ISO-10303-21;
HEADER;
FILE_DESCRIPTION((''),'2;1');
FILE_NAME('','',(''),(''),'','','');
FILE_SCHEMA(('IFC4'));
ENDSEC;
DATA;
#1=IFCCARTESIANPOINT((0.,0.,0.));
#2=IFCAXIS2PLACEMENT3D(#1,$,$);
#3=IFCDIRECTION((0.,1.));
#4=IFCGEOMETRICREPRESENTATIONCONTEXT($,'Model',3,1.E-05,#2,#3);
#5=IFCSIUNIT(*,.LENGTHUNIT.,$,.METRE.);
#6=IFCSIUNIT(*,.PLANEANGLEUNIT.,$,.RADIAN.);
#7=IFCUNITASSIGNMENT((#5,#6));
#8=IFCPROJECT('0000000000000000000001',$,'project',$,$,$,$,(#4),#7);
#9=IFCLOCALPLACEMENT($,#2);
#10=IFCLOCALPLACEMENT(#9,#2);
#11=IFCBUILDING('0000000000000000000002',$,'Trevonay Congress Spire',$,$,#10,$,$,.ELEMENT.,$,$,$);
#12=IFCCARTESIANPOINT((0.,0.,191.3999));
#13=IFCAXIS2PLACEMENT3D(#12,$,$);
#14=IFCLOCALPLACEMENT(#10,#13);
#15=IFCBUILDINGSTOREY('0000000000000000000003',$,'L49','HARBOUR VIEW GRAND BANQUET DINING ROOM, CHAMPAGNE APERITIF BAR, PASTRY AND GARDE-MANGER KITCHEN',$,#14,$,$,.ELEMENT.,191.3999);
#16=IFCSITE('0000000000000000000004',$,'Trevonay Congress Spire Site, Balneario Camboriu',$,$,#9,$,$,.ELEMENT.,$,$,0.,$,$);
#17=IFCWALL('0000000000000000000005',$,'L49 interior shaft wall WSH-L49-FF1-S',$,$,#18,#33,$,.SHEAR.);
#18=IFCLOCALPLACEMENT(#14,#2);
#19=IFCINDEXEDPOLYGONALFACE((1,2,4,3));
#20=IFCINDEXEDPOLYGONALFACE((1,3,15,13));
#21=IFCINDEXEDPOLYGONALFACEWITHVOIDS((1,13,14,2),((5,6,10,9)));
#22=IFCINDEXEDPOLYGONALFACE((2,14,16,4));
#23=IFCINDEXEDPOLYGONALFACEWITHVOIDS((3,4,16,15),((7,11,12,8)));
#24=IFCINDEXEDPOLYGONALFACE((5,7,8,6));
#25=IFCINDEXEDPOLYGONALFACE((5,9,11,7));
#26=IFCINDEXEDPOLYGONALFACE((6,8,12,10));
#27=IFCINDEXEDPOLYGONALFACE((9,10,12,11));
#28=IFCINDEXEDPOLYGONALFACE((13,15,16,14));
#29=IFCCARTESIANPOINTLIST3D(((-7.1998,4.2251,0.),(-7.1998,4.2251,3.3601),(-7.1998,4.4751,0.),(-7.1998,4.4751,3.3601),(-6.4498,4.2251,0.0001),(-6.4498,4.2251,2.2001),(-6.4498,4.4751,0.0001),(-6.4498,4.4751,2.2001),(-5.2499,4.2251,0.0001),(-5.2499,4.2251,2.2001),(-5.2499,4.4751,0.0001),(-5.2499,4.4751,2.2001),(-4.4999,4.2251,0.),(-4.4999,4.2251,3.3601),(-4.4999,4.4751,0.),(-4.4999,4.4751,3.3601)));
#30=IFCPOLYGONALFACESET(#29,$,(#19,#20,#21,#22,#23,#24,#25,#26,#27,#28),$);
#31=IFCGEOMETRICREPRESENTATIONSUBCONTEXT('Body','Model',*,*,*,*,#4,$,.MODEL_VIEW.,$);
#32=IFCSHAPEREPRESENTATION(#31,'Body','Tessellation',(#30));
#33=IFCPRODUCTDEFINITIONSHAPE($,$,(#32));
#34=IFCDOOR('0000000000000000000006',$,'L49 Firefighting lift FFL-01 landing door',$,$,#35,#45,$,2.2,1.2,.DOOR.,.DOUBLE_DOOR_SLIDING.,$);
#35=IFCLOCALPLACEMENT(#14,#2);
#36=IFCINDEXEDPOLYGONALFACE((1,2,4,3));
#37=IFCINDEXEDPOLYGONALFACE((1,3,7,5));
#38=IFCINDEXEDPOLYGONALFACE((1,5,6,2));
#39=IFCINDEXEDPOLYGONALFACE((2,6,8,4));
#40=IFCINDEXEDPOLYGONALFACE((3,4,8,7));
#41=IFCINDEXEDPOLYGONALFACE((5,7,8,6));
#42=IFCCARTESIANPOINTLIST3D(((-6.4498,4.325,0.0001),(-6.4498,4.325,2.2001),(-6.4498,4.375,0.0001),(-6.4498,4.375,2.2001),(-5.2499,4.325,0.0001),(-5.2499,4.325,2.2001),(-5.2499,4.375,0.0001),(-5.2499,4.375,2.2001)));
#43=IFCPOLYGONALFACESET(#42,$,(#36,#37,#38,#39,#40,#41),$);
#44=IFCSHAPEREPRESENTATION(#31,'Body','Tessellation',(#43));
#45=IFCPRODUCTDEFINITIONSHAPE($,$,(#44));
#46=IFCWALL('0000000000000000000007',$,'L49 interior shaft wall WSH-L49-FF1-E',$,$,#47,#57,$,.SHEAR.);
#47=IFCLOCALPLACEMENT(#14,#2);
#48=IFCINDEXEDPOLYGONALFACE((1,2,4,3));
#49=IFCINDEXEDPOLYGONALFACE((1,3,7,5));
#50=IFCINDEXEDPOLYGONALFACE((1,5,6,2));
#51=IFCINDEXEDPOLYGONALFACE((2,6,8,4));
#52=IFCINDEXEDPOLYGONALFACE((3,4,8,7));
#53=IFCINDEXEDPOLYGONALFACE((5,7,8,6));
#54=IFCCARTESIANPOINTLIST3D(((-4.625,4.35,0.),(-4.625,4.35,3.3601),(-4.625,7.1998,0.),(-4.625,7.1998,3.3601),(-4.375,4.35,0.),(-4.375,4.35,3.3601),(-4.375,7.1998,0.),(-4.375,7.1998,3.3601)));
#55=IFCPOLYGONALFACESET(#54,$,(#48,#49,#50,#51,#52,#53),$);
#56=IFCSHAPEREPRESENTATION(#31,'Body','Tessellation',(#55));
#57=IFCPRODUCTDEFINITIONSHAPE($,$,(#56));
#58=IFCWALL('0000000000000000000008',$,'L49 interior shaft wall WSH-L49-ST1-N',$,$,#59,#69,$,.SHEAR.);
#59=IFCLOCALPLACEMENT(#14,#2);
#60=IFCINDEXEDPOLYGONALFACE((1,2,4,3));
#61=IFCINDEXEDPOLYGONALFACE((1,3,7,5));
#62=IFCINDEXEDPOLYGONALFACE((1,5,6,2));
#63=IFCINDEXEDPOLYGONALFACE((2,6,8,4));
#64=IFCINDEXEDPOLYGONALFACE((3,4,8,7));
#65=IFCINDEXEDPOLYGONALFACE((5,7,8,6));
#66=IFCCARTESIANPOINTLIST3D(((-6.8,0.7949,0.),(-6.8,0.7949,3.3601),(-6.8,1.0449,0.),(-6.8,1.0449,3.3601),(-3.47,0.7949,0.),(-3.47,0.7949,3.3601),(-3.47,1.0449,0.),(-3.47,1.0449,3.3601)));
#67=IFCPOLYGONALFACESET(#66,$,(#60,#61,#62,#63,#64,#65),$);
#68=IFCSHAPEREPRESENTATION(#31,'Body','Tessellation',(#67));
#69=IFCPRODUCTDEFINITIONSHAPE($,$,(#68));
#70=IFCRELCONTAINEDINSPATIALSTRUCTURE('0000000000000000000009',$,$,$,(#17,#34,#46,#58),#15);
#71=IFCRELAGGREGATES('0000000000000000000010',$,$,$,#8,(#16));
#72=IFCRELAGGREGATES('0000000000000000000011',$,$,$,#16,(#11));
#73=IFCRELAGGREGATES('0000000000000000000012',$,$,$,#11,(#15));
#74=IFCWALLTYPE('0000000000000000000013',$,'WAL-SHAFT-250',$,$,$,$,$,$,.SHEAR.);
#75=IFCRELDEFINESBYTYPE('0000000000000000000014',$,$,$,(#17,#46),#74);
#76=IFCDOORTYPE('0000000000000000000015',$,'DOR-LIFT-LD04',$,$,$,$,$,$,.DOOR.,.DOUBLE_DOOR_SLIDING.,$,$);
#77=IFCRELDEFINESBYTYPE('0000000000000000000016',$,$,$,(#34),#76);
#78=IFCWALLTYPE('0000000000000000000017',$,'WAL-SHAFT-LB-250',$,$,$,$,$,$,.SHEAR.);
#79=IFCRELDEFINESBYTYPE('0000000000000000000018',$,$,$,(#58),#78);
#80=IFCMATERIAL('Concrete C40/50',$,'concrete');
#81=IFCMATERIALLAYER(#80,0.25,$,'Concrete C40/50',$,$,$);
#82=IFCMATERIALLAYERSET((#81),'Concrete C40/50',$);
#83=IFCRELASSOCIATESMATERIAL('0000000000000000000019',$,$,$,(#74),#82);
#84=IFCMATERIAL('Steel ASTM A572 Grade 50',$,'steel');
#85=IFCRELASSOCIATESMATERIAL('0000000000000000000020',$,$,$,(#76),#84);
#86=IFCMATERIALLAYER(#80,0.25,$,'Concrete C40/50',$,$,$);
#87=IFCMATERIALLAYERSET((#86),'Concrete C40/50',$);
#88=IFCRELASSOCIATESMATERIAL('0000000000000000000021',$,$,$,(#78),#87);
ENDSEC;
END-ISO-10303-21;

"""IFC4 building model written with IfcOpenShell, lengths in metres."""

from ifc_helpers import new_model, si_unit, direction, frame, frame_2d, origin, place, context, subcontext, project, spatial, rectangle, extrude, material, layer, layer_set, type_object, element, fill, save


model = new_model("IFC4")

# Units and contexts
model_context = context("Model", 3, precision=1e-05, world=origin(), true_north=direction((0.0, 1.0)))
body_context = subcontext(model_context, "Body", "Model", "MODEL_VIEW")
ifc_project = project(units=[si_unit("LENGTHUNIT", "METRE"), si_unit("PLANEANGLEUNIT", "RADIAN")], contexts=[model_context])

# Site, building, storey
site_placement = place(None, origin())
site = spatial("IfcSite", under=ifc_project, at=site_placement, Name="Trevonay Congress Spire Site, Balneario Camboriu", CompositionType="ELEMENT", RefElevation=0.0)
building_placement = place(site_placement, origin())
building = spatial("IfcBuilding", under=site, at=building_placement, Name="Trevonay Congress Spire", CompositionType="ELEMENT")
storey_placement = place(building_placement, frame((0.0, 0.0, 191.3999)))
storey = spatial("IfcBuildingStorey", under=building, at=storey_placement, Name="L49", Description="HARBOUR VIEW GRAND BANQUET DINING ROOM, CHAMPAGNE APERITIF BAR, PASTRY AND GARDE-MANGER KITCHEN", CompositionType="ELEMENT", Elevation=191.3999)

# Shared definitions
ifc_material_1 = material(Name="Steel ASTM A572 Grade 50", Category="steel")

# Wall, opening, door
ifc_material_2 = material(Name="Concrete C40/50", Category="concrete")
ifc_layer_1 = layer(ifc_material_2, 0.25, Name="Concrete C40/50")
ifc_layer_set_1 = layer_set([ifc_layer_1], Name="Concrete C40/50")
wall_type_1 = type_object("IfcWallType", Name="WAL-SHAFT-250", PredefinedType="SHEAR", material=ifc_layer_set_1)
wall_1_placement = place(storey_placement, frame((-7.2, 4.3501, 0.0), z_axis=(0.0, 0.0, 1.0), x_axis=(1.0, 0.0, 0.0)))
wall_1 = element("IfcWall", 1, at=wall_1_placement, inside=storey, type_object=wall_type_1, Name="L49 interior shaft wall WSH-L49-FF1-S", PredefinedType="SHEAR", context=body_context, shape_type="SweptSolid", body=[
    extrude(rectangle(XDim=2.7, YDim=0.25, at=frame_2d((1.3501, 0.0))), origin(), (0.0, 0.0, 1.0), 3.3601),
])
opening_placement = place(wall_1_placement, frame((0.75, 0.0, 0.0)))
opening = element("IfcOpeningElement", 2, at=opening_placement, cuts=wall_1, PredefinedType="OPENING", context=body_context, shape_type="SweptSolid", body=[
    extrude(rectangle(XDim=1.2, YDim=2.2, at=frame_2d((0.6001, 1.1001))), frame((0.0, 0.135, 0.0), z_axis=(0.0, -1.0, 0.0), x_axis=(1.0, 0.0, 0.0)), (0.0, 0.0, 1.0), 0.27),
])
door_type = type_object("IfcDoorType", Name="DOR-LIFT-LD04", OperationType="DOUBLE_DOOR_SLIDING", PredefinedType="DOOR", material=ifc_material_1)
door_placement = place(opening_placement, origin())
door = element("IfcDoor", 3, at=door_placement, inside=storey, type_object=door_type, Name="L49 Firefighting lift FFL-01 landing door", OperationType="DOUBLE_DOOR_SLIDING", OverallHeight=2.2, OverallWidth=1.2, PredefinedType="DOOR", context=body_context, shape_type="SweptSolid", body=[
    extrude(rectangle(XDim=1.2, YDim=2.2, at=frame_2d((0.6001, 1.1001))), frame((0.0, 0.0249, 0.0), z_axis=(0.0, -1.0, 0.0), x_axis=(1.0, 0.0, 0.0)), (0.0, 0.0, 1.0), 0.05),
])
fill(opening, door)

# Walls
wall_2_placement = place(storey_placement, frame((-4.5, 4.3501, 0.0), z_axis=(0.0, 0.0, 1.0), x_axis=(0.0, 1.0, 0.0)))
element("IfcWall", 4, at=wall_2_placement, inside=storey, type_object=wall_type_1, Name="L49 interior shaft wall WSH-L49-FF1-E", PredefinedType="SHEAR", context=body_context, shape_type="SweptSolid", body=[
    extrude(rectangle(XDim=2.8499, YDim=0.25, at=frame_2d((1.4248, 0.0))), origin(), (0.0, 0.0, 1.0), 3.3601),
])
ifc_layer_2 = layer(ifc_material_2, 0.25, Name="Concrete C40/50")
ifc_layer_set_2 = layer_set([ifc_layer_2], Name="Concrete C40/50")
wall_type_2 = type_object("IfcWallType", Name="WAL-SHAFT-LB-250", PredefinedType="SHEAR", material=ifc_layer_set_2)
wall_3_placement = place(storey_placement, frame((-6.8, 0.9199, 0.0), z_axis=(0.0, 0.0, 1.0), x_axis=(1.0, 0.0, 0.0)))
element("IfcWall", 5, at=wall_3_placement, inside=storey, type_object=wall_type_2, Name="L49 interior shaft wall WSH-L49-ST1-N", PredefinedType="SHEAR", context=body_context, shape_type="SweptSolid", body=[
    extrude(rectangle(XDim=3.3301, YDim=0.25, at=frame_2d((1.665, 0.0))), origin(), (0.0, 0.0, 1.0), 3.3601),
])

save(model, "model.ifc")
